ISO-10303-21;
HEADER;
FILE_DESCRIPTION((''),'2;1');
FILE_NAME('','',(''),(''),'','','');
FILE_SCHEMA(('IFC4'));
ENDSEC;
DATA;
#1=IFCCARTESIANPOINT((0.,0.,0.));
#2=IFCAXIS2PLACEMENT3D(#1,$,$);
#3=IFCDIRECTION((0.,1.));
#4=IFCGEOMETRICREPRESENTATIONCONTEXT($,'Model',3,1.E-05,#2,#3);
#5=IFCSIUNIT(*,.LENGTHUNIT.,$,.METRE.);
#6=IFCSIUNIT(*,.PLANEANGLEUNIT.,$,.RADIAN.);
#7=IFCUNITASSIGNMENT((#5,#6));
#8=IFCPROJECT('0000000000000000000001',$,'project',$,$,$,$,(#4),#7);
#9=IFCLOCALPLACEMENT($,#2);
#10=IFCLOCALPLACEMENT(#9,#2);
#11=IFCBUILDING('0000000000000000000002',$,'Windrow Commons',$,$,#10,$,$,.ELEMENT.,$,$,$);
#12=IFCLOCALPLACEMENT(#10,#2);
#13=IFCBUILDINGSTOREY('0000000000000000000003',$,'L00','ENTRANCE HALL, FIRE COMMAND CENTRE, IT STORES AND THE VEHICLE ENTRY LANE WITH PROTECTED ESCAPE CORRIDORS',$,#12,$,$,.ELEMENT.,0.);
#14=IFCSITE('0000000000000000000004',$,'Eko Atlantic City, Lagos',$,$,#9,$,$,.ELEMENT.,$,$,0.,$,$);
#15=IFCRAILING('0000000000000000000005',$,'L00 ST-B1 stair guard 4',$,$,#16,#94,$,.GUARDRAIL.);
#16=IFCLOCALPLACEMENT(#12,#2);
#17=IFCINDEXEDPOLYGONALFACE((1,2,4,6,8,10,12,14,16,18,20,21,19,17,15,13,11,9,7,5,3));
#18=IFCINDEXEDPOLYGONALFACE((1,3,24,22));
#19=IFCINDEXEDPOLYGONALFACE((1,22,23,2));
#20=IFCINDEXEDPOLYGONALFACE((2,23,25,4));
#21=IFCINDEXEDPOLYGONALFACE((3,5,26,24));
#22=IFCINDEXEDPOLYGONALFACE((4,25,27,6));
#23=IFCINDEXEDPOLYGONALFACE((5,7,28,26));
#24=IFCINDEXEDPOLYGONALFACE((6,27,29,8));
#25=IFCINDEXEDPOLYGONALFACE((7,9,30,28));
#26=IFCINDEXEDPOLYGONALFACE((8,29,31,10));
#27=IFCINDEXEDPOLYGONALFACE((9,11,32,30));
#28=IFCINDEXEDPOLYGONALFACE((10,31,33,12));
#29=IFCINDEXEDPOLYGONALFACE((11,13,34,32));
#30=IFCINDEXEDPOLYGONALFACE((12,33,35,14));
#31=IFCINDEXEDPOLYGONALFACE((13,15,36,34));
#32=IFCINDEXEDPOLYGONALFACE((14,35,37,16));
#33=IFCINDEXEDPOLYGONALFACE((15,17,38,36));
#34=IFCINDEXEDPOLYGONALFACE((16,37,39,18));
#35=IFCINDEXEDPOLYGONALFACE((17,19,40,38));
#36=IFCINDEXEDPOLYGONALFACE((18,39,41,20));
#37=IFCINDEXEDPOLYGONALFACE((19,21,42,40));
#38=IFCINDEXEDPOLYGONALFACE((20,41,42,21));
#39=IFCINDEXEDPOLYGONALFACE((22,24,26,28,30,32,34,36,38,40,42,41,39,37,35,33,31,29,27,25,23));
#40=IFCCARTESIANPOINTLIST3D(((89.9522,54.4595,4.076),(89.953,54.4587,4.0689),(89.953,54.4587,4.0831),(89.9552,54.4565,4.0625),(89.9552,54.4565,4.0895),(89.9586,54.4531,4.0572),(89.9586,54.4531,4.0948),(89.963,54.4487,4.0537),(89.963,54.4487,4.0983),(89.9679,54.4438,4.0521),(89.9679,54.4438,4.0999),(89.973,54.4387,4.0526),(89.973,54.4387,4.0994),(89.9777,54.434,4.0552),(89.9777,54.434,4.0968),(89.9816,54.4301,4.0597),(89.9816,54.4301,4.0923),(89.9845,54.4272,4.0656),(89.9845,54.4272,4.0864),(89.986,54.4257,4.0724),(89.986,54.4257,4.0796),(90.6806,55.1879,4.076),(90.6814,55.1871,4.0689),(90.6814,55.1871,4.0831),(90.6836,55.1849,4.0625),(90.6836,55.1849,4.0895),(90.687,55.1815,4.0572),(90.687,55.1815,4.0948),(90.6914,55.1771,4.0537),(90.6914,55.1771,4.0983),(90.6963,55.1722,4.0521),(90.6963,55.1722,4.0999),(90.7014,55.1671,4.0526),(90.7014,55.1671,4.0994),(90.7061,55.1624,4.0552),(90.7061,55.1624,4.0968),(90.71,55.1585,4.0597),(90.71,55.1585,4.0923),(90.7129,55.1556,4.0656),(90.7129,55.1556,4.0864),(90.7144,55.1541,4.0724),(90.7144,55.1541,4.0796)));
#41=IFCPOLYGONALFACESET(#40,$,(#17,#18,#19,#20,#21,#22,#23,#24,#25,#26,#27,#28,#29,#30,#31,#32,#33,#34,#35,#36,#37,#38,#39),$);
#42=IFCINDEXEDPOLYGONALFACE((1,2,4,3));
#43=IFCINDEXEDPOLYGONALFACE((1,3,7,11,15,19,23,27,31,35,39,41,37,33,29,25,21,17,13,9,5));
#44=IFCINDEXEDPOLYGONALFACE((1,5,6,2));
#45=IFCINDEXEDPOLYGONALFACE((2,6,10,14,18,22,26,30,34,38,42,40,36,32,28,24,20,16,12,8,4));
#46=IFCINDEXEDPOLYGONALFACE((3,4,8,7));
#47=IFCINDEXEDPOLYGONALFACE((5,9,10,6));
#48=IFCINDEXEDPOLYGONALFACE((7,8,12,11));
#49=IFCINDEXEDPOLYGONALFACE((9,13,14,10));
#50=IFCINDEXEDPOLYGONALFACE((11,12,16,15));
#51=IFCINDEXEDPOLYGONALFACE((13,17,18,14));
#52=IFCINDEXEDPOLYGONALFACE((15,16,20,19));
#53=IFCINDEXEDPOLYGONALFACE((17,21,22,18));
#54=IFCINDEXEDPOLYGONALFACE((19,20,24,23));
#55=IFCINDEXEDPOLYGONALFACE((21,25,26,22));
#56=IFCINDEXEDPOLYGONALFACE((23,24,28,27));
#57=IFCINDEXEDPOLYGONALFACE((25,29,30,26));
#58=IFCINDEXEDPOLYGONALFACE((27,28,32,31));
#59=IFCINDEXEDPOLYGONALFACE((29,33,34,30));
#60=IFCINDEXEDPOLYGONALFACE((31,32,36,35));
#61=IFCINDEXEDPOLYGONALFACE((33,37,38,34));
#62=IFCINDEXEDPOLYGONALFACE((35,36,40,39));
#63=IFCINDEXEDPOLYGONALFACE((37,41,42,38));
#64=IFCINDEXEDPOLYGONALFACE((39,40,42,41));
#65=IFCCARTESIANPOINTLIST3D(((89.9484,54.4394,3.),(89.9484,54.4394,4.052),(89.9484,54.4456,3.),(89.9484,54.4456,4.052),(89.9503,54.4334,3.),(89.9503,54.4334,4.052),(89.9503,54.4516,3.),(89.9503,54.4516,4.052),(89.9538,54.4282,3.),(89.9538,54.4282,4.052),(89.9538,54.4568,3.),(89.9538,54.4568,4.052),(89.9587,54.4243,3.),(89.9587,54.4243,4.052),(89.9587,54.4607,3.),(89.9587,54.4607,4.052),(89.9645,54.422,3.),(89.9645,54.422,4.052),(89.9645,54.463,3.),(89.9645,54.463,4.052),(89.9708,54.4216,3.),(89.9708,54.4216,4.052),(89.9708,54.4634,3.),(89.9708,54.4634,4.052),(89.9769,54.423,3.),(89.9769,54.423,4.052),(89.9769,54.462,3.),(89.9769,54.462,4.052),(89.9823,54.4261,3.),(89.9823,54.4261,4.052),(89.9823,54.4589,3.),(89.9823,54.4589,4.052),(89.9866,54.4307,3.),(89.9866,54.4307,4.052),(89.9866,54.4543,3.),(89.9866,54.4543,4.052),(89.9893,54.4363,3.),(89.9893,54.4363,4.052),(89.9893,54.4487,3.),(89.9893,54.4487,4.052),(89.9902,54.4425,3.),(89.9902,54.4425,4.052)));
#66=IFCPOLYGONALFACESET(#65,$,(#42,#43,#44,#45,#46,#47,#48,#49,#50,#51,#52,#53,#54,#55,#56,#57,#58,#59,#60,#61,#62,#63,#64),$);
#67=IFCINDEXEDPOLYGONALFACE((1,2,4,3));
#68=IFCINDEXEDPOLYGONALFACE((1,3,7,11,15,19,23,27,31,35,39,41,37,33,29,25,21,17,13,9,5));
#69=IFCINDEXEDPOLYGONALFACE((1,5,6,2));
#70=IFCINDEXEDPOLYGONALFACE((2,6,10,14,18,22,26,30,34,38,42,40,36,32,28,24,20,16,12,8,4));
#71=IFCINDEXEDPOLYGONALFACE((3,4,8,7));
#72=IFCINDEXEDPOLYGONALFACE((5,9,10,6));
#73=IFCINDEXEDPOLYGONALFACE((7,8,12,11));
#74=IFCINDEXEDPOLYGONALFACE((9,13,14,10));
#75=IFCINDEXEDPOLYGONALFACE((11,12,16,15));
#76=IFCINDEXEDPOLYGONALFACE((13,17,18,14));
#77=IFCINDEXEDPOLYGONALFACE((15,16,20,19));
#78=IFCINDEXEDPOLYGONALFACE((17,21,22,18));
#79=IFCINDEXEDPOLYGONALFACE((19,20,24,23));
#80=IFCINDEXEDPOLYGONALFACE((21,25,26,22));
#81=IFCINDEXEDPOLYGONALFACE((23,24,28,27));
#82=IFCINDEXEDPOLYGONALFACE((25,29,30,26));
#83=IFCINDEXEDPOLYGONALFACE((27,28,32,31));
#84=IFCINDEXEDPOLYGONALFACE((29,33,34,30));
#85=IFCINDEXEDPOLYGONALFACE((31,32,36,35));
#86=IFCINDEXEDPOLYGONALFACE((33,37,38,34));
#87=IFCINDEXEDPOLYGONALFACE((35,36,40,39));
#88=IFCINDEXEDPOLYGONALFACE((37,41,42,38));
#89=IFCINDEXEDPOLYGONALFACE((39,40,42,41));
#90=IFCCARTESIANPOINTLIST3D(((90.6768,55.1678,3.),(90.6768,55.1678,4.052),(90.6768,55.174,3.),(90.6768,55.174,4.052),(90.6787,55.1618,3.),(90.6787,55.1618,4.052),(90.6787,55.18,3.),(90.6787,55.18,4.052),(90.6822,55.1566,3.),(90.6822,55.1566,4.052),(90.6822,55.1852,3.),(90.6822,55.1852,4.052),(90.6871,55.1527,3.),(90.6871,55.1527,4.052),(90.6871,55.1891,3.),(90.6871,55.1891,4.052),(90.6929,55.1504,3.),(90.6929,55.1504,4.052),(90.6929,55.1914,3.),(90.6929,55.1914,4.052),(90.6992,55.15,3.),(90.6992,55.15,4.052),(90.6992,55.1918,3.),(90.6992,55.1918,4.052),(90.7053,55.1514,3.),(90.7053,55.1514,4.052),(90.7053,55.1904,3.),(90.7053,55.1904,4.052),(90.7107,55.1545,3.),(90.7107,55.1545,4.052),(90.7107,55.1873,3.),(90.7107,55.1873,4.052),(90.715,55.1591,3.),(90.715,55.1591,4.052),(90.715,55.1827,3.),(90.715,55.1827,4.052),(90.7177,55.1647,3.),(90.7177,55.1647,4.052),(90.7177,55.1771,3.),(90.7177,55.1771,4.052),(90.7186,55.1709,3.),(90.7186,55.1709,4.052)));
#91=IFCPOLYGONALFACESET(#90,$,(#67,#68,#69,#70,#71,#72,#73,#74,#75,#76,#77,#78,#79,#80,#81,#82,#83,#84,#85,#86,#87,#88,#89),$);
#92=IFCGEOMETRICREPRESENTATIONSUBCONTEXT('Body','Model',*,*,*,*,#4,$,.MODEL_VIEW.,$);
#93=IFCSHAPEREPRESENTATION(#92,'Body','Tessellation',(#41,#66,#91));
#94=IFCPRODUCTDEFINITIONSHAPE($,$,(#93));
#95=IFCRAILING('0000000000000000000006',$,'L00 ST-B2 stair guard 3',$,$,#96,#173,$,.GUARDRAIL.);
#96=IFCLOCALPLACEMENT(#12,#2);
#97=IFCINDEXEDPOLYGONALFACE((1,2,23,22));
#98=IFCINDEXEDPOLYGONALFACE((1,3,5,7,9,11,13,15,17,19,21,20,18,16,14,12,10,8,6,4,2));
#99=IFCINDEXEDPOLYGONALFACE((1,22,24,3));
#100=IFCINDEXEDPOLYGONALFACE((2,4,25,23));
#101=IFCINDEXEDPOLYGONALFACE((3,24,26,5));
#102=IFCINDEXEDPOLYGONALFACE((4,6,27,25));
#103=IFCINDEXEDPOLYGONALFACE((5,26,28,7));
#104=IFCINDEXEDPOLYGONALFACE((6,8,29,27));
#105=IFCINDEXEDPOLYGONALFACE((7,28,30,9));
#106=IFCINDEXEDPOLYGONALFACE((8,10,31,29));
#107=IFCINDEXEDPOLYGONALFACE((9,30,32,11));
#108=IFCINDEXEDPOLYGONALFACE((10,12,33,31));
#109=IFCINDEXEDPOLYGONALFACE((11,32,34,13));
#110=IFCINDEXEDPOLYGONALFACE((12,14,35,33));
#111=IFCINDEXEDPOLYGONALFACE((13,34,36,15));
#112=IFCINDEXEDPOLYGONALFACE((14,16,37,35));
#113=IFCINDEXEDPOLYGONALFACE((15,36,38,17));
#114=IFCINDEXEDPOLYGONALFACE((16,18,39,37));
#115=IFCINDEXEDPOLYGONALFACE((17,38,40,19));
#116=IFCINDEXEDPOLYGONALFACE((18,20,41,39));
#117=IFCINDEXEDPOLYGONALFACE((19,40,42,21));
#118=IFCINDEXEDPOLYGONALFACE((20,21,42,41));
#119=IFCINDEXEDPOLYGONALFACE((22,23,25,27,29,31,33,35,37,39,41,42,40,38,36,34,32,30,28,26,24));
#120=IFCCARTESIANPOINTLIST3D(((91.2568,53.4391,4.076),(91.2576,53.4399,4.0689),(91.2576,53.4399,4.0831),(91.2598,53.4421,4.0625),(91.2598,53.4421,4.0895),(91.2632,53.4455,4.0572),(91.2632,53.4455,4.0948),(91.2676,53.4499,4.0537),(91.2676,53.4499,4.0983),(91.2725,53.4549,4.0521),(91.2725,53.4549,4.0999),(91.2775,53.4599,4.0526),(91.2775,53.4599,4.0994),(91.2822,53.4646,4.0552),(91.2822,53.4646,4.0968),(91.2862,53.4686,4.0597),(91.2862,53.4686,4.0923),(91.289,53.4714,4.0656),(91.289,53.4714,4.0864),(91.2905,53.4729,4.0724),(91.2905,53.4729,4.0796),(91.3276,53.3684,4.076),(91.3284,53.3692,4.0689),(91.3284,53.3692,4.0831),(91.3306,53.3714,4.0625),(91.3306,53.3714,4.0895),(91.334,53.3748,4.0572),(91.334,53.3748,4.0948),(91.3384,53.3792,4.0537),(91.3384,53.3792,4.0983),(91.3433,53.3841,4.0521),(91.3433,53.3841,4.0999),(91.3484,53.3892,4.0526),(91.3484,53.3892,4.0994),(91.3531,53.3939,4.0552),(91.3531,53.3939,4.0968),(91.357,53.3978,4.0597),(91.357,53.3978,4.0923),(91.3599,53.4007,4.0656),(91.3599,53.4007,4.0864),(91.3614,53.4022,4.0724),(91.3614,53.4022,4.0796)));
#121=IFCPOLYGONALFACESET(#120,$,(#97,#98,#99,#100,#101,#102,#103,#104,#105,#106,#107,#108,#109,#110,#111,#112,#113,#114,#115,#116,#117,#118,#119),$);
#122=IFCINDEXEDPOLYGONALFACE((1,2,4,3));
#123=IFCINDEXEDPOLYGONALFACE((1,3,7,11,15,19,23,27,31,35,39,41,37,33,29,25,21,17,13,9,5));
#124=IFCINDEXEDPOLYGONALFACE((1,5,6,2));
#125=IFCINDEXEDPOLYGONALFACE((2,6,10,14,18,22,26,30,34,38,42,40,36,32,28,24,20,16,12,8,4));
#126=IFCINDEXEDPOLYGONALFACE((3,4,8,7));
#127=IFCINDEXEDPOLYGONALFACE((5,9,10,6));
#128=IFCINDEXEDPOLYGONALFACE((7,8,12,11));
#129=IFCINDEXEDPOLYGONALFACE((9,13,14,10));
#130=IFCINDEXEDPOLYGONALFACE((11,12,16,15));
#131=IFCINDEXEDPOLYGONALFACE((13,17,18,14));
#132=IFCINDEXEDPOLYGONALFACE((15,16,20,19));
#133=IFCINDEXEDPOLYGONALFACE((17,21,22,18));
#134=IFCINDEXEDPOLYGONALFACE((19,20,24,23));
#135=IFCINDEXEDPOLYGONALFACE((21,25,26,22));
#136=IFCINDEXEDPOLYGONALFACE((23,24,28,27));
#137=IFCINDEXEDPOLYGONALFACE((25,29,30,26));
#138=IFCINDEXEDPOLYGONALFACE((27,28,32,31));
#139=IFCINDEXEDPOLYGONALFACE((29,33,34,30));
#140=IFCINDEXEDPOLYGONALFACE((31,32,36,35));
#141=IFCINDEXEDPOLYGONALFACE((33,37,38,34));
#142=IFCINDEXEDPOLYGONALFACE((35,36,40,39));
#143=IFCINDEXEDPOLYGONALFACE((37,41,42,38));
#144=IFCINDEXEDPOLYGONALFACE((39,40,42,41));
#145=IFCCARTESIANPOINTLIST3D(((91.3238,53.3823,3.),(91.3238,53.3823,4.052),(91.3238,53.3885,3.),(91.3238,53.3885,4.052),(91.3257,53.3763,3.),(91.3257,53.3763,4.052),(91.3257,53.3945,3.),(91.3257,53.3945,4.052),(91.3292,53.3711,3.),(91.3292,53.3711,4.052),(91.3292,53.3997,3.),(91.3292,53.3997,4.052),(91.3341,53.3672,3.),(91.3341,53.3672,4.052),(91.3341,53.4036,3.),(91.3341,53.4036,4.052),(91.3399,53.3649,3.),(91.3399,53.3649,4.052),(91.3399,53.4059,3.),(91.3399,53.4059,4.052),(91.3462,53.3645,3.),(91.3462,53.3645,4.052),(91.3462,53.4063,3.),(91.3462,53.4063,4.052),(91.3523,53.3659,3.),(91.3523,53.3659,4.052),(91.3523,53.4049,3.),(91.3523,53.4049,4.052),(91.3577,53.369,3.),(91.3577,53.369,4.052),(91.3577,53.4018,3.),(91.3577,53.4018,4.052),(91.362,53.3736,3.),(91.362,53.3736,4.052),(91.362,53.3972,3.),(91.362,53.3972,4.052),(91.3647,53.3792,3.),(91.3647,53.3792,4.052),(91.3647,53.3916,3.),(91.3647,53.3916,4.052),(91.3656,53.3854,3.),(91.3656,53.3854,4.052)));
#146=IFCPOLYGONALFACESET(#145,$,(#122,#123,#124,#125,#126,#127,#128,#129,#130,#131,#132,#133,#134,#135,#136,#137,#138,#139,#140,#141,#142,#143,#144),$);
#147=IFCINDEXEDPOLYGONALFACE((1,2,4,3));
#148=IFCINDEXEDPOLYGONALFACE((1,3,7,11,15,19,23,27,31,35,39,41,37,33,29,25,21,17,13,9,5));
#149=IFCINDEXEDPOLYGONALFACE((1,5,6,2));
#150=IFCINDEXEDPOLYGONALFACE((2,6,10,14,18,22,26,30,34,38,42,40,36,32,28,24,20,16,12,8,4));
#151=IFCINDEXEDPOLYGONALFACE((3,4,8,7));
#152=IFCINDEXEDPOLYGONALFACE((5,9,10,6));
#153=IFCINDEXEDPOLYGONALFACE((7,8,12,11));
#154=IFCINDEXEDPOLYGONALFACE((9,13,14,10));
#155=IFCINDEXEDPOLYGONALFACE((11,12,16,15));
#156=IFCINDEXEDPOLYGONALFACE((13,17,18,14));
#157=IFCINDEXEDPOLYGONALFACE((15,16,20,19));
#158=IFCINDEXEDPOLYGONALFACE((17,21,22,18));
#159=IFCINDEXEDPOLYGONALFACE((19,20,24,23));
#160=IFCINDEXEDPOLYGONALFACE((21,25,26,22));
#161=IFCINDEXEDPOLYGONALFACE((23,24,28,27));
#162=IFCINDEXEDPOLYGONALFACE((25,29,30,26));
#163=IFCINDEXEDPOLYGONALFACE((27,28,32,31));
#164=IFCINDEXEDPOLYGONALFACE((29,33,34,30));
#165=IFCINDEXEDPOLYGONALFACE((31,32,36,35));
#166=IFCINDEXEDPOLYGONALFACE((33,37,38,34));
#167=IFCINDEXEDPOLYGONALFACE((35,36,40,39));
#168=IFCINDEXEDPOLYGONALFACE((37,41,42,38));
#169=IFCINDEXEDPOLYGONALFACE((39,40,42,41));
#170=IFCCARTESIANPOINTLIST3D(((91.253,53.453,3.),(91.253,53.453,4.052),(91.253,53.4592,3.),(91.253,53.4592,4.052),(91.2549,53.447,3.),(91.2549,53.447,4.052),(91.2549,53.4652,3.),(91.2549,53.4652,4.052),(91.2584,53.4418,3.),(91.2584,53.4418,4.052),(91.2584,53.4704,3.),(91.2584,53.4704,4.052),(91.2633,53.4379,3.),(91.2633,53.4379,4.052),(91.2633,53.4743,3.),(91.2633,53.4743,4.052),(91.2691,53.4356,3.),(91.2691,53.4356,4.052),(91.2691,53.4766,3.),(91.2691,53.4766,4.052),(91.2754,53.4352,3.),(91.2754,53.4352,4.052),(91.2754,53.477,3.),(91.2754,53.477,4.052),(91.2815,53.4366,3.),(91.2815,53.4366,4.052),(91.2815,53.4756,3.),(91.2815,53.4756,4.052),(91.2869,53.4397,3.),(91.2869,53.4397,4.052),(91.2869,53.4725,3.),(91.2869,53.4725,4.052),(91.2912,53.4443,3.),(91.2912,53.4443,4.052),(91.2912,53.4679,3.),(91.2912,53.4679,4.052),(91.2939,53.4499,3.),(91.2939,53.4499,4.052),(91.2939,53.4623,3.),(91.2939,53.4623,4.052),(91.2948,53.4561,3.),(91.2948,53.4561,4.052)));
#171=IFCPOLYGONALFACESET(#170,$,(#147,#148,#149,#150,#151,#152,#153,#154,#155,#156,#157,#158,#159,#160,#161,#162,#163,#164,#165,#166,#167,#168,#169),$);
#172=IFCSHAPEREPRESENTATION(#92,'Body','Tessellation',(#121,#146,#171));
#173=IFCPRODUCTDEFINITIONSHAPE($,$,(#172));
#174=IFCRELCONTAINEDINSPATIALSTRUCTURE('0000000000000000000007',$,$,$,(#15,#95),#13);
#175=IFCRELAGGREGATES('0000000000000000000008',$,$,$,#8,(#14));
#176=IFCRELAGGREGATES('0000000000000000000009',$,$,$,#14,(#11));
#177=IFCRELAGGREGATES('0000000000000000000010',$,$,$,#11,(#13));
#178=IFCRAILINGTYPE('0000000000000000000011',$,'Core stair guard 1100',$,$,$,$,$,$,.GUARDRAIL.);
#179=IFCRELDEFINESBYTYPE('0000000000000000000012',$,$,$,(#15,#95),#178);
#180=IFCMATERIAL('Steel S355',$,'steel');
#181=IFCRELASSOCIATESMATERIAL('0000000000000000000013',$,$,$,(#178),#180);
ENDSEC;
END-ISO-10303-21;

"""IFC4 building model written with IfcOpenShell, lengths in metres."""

from ifc_helpers import new_model, si_unit, direction, frame, origin, origin_2d, place, context, subcontext, project, spatial, circle, extrude, material, type_object, element, save


model = new_model("IFC4")

# Units and contexts
model_context = context("Model", 3, precision=1e-05, world=origin(), true_north=direction((0.0, 1.0)))
body_context = subcontext(model_context, "Body", "Model", "MODEL_VIEW")
ifc_project = project(units=[si_unit("LENGTHUNIT", "METRE"), si_unit("PLANEANGLEUNIT", "RADIAN")], contexts=[model_context])

# Site, building, storey
site_placement = place(None, origin())
site = spatial("IfcSite", under=ifc_project, at=site_placement, Name="Eko Atlantic City, Lagos", CompositionType="ELEMENT", RefElevation=0.0)
building_placement = place(site_placement, origin())
building = spatial("IfcBuilding", under=site, at=building_placement, Name="Windrow Commons", CompositionType="ELEMENT")
storey_placement = place(building_placement, origin())
storey = spatial("IfcBuildingStorey", under=building, at=storey_placement, Name="L00", Description="ENTRANCE HALL, FIRE COMMAND CENTRE, IT STORES AND THE VEHICLE ENTRY LANE WITH PROTECTED ESCAPE CORRIDORS", CompositionType="ELEMENT", Elevation=0.0)

# Railings
ifc_material_1 = material(Name="Steel S355", Category="steel")
railing_type_1 = type_object("IfcRailingType", Name="Core stair guard 1100", PredefinedType="GUARDRAIL", material=ifc_material_1)
railing_1_placement = place(storey_placement, frame((89.9692, 54.4425, 3.0)))
element("IfcRailing", 1, at=railing_1_placement, inside=storey, type_object=railing_type_1, Name="L00 ST-B1 stair guard 4", PredefinedType="GUARDRAIL", context=body_context, shape_type="SweptSolid", body=[
    extrude(circle(Radius=0.024, at=origin_2d()), frame((0.0, 0.0, 1.076), z_axis=(0.707107, 0.707107, 0.0), x_axis=(-0.707107, 0.707107, 0.0)), (0.0, 0.0, 1.0), 1.0301),
    extrude(circle(Radius=0.021, at=origin_2d()), origin(), (0.0, 0.0, 1.0), 1.052),
    extrude(circle(Radius=0.021, at=origin_2d()), frame((0.7284, 0.7284, 0.0)), (0.0, 0.0, 1.0), 1.052),
])
railing_2_placement = place(storey_placement, frame((91.3446, 53.3854, 3.0)))
element("IfcRailing", 2, at=railing_2_placement, inside=storey, type_object=railing_type_1, Name="L00 ST-B2 stair guard 3", PredefinedType="GUARDRAIL", context=body_context, shape_type="SweptSolid", body=[
    extrude(circle(Radius=0.024, at=origin_2d()), frame((0.0, 0.0, 1.076), z_axis=(-0.707606, 0.706607, 0.0), x_axis=(-0.706607, -0.707606, 0.0)), (0.0, 0.0, 1.0), 0.1001),
    extrude(circle(Radius=0.021, at=origin_2d()), origin(), (0.0, 0.0, 1.0), 1.052),
    extrude(circle(Radius=0.021, at=origin_2d()), frame((-0.0708, 0.0707, 0.0)), (0.0, 0.0, 1.0), 1.052),
])

save(model, "model.ifc")
